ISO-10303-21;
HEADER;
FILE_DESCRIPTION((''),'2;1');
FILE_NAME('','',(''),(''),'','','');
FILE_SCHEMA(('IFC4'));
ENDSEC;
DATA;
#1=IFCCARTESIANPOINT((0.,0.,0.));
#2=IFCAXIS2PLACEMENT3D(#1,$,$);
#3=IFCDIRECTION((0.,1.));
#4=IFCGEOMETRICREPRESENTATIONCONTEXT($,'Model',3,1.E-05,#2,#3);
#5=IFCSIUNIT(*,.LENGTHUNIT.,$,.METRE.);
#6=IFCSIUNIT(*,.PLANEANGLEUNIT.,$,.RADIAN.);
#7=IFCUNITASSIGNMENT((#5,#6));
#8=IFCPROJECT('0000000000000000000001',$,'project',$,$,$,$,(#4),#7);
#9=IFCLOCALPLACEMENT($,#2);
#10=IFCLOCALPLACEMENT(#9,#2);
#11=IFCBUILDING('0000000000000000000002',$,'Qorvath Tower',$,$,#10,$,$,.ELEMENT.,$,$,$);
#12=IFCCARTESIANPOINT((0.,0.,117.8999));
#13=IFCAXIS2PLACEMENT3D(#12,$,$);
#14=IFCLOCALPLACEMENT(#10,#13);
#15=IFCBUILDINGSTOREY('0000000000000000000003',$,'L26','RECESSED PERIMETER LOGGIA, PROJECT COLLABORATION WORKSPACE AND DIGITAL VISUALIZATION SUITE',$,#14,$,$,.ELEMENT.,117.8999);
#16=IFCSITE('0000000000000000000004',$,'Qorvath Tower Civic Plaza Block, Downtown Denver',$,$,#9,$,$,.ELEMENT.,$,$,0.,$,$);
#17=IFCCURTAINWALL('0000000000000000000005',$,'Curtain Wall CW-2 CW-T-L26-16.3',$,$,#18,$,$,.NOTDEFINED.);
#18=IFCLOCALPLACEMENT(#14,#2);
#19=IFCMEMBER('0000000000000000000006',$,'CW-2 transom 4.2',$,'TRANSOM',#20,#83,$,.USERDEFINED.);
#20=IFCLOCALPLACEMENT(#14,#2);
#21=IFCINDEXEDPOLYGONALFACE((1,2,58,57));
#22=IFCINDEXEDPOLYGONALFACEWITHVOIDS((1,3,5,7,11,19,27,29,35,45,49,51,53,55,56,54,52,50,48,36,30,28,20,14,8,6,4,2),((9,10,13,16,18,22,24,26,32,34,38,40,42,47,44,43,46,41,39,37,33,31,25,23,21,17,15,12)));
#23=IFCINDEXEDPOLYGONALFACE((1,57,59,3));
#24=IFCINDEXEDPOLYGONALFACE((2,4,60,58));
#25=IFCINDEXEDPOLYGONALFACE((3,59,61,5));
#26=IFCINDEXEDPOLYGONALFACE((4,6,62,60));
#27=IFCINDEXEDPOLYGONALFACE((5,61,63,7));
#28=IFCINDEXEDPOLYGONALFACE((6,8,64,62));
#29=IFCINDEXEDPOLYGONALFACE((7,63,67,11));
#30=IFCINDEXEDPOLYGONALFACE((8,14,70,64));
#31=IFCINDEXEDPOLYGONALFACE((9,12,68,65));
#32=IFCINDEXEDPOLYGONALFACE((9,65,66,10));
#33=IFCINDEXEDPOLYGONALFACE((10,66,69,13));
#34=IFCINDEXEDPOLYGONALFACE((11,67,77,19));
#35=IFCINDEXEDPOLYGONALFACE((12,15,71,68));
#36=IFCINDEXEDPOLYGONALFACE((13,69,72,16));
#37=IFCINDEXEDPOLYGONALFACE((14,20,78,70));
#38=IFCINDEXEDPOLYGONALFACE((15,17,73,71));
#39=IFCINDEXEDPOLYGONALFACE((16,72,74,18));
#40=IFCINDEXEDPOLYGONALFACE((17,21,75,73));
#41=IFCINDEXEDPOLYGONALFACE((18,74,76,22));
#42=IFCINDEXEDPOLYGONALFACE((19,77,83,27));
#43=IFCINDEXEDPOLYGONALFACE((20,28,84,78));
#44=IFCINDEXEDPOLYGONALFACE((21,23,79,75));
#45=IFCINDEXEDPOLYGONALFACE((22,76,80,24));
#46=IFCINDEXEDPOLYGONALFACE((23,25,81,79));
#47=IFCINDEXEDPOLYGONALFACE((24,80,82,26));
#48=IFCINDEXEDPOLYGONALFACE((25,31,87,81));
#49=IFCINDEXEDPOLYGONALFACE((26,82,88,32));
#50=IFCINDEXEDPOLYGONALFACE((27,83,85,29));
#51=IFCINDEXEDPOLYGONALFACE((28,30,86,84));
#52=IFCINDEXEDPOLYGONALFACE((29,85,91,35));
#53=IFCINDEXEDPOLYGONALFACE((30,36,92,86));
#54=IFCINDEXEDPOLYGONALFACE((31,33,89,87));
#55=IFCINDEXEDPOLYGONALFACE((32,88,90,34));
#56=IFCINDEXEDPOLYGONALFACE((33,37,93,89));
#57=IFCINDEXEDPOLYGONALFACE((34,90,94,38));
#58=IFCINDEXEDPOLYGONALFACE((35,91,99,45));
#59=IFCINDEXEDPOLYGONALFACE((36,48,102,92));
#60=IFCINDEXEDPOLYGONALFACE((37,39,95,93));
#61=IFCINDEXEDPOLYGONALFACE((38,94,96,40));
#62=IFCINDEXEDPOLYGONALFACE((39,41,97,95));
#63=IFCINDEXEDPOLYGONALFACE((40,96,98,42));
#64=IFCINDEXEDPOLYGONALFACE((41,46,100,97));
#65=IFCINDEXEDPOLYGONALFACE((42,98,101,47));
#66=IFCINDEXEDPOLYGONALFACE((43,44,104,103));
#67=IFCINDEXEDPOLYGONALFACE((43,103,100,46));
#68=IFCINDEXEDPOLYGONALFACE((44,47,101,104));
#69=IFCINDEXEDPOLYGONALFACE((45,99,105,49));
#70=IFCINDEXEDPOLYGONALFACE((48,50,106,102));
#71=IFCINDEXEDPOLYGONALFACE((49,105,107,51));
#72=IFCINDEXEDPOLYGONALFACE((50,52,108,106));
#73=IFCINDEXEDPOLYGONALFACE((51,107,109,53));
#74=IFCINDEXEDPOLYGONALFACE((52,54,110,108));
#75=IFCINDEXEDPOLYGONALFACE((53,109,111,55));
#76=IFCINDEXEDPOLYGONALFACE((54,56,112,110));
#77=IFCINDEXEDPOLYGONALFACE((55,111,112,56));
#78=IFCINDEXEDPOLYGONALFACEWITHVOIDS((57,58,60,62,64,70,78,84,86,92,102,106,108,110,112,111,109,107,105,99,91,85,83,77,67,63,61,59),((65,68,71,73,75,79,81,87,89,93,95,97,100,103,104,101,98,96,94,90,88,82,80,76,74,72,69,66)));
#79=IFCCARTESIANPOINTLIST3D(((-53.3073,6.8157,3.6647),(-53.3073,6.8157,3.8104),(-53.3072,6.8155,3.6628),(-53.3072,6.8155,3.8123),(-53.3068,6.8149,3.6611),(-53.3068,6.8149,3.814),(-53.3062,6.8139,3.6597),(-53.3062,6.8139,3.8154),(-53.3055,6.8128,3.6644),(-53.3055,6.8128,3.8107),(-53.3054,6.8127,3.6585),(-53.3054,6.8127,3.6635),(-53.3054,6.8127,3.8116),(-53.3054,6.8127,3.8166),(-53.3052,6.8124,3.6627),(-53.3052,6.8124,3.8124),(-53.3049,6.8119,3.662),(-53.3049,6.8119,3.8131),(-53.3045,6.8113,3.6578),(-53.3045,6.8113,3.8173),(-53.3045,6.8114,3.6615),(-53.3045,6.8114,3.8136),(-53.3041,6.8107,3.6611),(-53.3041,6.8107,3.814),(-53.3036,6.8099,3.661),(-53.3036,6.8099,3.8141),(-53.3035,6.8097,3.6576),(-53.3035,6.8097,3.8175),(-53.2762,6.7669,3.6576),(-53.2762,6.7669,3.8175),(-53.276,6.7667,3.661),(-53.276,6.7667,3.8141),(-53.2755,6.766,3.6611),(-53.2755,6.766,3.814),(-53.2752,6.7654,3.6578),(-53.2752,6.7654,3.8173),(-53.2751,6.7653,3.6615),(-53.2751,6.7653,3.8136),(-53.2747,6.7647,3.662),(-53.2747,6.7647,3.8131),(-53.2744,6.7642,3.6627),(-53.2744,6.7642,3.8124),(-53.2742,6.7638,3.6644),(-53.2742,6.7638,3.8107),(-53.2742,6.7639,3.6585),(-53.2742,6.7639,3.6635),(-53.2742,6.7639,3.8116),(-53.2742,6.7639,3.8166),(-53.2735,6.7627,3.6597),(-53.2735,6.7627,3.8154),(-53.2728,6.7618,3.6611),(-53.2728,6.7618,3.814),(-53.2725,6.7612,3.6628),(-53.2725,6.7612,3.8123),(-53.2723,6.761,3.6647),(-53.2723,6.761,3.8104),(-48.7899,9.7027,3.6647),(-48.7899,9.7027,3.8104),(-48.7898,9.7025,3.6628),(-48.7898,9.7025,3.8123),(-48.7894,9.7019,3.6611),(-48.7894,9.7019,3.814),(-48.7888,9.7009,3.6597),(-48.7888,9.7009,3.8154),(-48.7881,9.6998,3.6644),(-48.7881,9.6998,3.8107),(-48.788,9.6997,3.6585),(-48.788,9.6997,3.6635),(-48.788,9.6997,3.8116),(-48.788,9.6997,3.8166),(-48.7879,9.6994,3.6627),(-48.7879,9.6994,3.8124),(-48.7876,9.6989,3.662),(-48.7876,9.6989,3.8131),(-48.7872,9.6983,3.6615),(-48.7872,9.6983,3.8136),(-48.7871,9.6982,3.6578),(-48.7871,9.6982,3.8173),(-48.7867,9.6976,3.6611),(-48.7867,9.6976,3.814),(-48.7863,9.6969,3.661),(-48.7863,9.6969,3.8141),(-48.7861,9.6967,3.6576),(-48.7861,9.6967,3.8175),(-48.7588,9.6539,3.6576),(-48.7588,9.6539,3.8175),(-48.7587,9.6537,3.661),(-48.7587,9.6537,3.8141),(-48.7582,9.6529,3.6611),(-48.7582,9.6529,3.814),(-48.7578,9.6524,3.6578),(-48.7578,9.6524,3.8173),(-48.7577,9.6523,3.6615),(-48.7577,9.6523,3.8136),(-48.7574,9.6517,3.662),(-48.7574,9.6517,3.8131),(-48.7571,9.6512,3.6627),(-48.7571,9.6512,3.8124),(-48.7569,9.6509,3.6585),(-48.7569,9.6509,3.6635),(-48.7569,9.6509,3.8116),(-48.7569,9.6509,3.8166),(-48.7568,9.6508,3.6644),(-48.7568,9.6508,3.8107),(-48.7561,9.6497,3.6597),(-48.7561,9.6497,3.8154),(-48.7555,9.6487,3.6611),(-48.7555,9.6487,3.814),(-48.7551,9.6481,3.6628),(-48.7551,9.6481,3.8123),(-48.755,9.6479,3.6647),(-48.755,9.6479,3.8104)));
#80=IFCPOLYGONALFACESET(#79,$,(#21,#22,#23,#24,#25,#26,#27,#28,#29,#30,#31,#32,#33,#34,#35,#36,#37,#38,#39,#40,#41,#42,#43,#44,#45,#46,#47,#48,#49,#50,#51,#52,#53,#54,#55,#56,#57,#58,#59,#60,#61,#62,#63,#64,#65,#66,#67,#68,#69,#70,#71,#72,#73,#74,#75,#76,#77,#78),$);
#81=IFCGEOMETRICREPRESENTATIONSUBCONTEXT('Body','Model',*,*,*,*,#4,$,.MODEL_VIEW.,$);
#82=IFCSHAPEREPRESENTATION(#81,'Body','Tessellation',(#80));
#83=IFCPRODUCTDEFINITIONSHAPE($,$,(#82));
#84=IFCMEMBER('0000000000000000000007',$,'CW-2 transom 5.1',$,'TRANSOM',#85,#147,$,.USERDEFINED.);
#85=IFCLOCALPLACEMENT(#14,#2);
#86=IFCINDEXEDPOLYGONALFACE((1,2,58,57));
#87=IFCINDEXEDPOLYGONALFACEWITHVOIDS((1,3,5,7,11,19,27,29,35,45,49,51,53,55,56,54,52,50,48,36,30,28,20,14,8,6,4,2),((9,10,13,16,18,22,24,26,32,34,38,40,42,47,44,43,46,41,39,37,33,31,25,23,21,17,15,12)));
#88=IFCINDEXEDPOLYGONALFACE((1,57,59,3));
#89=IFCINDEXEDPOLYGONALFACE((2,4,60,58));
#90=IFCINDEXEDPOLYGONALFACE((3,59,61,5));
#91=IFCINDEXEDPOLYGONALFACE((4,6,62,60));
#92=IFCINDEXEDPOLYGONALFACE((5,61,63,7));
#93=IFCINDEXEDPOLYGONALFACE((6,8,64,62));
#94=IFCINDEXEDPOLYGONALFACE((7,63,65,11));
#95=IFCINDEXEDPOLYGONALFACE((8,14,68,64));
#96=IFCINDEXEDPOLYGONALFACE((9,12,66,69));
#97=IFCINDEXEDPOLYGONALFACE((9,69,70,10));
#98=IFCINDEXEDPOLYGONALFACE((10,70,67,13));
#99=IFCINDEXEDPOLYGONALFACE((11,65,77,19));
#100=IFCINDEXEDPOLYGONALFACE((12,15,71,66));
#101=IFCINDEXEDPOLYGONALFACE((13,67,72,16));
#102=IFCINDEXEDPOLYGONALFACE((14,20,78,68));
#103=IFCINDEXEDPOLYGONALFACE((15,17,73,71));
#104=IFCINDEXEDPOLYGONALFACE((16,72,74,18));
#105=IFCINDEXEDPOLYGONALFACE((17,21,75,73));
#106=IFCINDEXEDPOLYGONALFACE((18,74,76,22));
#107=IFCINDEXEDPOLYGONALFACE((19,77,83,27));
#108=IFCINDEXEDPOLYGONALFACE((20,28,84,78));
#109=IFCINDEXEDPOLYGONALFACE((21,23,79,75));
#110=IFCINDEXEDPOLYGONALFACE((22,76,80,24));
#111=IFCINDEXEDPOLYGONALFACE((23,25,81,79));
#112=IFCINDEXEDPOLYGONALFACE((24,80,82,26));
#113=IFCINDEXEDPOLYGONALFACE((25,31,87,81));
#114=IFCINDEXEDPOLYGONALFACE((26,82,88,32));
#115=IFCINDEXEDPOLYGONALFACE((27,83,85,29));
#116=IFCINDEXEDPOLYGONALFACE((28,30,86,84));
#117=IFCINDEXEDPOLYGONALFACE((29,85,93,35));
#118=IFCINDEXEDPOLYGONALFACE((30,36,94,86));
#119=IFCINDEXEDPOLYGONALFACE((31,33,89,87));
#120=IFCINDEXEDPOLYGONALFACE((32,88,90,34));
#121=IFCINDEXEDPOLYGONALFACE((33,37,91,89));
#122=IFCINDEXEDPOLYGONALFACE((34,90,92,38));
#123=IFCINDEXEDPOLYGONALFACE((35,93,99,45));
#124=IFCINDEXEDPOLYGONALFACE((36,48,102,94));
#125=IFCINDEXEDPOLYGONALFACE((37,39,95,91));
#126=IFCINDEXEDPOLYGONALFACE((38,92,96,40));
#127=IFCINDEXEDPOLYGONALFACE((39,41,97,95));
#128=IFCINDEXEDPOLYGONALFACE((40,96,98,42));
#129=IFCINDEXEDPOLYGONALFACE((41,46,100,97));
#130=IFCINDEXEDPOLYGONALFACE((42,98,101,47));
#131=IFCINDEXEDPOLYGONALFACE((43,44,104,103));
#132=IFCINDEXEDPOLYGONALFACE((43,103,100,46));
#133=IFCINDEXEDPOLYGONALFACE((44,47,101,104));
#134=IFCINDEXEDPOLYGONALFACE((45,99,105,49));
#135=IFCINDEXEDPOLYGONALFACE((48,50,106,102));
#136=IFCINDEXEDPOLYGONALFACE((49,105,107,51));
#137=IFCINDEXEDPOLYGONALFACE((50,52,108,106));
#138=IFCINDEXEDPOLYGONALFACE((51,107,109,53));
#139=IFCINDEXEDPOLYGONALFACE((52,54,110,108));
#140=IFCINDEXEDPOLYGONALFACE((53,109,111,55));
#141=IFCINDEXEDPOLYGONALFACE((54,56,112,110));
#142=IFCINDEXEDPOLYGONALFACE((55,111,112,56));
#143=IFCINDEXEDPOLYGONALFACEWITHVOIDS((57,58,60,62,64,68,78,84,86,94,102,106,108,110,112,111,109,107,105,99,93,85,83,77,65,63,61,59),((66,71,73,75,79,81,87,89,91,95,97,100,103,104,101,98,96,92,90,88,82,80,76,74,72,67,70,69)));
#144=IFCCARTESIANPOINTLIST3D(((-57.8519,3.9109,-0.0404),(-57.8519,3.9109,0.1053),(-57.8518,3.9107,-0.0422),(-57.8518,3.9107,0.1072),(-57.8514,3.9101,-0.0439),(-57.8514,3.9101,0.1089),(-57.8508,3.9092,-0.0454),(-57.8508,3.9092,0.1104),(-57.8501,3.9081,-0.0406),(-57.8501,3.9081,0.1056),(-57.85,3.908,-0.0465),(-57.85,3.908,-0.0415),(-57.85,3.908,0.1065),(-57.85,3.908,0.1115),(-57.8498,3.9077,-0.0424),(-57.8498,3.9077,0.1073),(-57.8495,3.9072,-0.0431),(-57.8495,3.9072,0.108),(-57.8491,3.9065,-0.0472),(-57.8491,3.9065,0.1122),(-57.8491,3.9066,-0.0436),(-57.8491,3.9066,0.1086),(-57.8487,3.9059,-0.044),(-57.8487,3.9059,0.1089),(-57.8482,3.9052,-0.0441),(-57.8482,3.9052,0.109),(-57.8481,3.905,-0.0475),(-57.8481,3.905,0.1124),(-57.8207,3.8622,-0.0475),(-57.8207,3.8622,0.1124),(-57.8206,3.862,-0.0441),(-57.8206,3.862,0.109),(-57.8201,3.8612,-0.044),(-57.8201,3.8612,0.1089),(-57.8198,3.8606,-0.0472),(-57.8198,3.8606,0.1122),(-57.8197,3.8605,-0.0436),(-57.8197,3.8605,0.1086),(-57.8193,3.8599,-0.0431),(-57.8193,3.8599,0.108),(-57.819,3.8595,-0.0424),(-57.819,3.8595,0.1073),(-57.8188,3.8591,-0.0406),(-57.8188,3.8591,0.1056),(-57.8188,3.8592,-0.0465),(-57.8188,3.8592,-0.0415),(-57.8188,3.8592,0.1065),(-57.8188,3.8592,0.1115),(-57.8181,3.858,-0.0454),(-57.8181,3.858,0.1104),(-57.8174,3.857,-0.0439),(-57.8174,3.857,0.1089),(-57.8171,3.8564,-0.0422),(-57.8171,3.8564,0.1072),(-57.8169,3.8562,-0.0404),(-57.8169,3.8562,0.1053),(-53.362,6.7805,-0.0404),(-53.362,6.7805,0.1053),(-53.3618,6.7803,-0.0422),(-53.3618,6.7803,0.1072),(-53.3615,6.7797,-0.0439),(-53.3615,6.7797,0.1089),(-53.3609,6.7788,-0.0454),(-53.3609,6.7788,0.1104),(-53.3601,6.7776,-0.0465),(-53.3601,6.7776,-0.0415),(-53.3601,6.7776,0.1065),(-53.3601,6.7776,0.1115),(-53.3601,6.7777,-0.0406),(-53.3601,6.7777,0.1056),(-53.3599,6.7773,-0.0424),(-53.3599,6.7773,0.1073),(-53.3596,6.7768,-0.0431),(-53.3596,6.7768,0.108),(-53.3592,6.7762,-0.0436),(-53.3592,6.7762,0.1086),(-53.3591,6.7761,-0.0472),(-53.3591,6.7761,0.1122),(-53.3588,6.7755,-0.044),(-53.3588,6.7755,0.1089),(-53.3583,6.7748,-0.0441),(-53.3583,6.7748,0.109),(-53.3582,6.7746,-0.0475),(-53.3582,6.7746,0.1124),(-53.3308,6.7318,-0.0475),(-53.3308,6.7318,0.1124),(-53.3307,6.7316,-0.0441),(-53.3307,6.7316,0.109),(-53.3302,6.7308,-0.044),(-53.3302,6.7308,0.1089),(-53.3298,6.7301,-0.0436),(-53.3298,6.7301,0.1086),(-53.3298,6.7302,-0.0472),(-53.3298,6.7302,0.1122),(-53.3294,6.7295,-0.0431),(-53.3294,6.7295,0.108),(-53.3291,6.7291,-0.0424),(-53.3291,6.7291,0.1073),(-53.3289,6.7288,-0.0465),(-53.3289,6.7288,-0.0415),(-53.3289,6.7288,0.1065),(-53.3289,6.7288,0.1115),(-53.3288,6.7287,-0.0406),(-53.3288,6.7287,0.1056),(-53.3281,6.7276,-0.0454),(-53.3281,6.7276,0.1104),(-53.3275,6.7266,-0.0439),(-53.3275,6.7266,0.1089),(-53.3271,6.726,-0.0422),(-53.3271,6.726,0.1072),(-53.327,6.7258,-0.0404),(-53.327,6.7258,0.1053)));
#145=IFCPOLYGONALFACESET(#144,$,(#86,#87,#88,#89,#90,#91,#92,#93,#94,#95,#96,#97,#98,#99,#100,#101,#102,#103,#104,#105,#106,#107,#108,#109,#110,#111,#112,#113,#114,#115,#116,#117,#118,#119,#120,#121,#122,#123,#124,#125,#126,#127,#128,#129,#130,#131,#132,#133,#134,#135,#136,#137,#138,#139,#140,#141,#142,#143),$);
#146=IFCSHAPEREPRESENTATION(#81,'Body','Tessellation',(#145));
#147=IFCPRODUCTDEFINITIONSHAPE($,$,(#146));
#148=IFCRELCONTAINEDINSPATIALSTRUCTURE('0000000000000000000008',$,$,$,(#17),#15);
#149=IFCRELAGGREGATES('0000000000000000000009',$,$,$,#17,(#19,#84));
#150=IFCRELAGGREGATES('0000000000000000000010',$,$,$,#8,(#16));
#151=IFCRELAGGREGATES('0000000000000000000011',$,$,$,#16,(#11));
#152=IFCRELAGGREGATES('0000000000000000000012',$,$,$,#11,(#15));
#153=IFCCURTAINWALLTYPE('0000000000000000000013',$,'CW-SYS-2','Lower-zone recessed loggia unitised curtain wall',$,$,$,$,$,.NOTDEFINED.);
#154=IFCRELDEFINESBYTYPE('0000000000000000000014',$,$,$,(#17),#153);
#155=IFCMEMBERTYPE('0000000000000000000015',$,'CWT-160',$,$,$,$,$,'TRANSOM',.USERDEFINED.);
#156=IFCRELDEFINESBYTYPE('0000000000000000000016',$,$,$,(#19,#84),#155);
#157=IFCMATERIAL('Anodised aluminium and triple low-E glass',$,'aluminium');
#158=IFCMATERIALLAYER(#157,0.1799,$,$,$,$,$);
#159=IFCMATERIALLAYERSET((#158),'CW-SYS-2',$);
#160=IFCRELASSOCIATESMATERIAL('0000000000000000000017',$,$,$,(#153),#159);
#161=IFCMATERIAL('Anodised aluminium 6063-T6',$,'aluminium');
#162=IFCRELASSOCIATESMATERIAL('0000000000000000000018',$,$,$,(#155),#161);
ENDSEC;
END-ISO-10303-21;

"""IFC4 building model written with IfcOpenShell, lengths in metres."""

from ifc_helpers import new_model, si_unit, direction, frame, origin, origin_2d, place, context, subcontext, project, spatial, hollow_rectangle, extrude, material, layer, layer_set, material_profile, profile_set, type_object, element, aggregate, save


model = new_model("IFC4")

# Units and contexts
model_context = context("Model", 3, precision=1e-05, world=origin(), true_north=direction((0.0, 1.0)))
body_context = subcontext(model_context, "Body", "Model", "MODEL_VIEW")
ifc_project = project(units=[si_unit("LENGTHUNIT", "METRE"), si_unit("PLANEANGLEUNIT", "RADIAN")], contexts=[model_context])

# Site, building, storey
site_placement = place(None, origin())
site = spatial("IfcSite", under=ifc_project, at=site_placement, Name="Qorvath Tower Civic Plaza Block, Downtown Denver", CompositionType="ELEMENT", RefElevation=0.0)
building_placement = place(site_placement, origin())
building = spatial("IfcBuilding", under=site, at=building_placement, Name="Qorvath Tower", CompositionType="ELEMENT")
storey_placement = place(building_placement, frame((0.0, 0.0, 117.8999)))
storey = spatial("IfcBuildingStorey", under=building, at=storey_placement, Name="L26", Description="RECESSED PERIMETER LOGGIA, PROJECT COLLABORATION WORKSPACE AND DIGITAL VISUALIZATION SUITE", CompositionType="ELEMENT", Elevation=117.8999)

# Curtain wall, members
ifc_material_1 = material(Name="Anodised aluminium and triple low-E glass", Category="aluminium")
ifc_layer_1 = layer(ifc_material_1, 0.1799)
ifc_layer_set_1 = layer_set([ifc_layer_1], Name="CW-SYS-2")
curtain_wall_type = type_object("IfcCurtainWallType", Name="CW-SYS-2", Description="Lower-zone recessed loggia unitised curtain wall", PredefinedType="NOTDEFINED", material=ifc_layer_set_1)
curtain_wall_placement = place(storey_placement, origin())
curtain_wall = element("IfcCurtainWall", 1, at=curtain_wall_placement, inside=storey, type_object=curtain_wall_type, Name="Curtain Wall CW-2 CW-T-L26-16.3", PredefinedType="NOTDEFINED")
ifc_material_2 = material(Name="Anodised aluminium 6063-T6", Category="aluminium")
ifc_material_profile_1 = material_profile(ifc_material_2, hollow_rectangle(XDim=0.0649, YDim=0.1599, WallThickness=0.0034, InnerFilletRadius=0.0034, OuterFilletRadius=0.0071, at=origin_2d()), Name="CWT 160x65")
ifc_profile_set_1 = profile_set([ifc_material_profile_1], Name="Anodised aluminium 6063-T6")
member_type_1 = type_object("IfcMemberType", Name="CWT-160", ElementType="TRANSOM", PredefinedType="USERDEFINED", material=ifc_profile_set_1)
member_1_placement = place(storey_placement, frame((-48.7725, 9.6753, 3.7375), z_axis=(-0.842621, -0.538507, 0.0), x_axis=(0.538507, -0.842621, 0.0)))
member_1 = element("IfcMember", 2, at=member_1_placement, type_object=member_type_1, Name="CW-2 transom 4.2", ObjectType="TRANSOM", PredefinedType="USERDEFINED", context=body_context, shape_type="SweptSolid", body=[
    extrude(hollow_rectangle(XDim=0.0649, YDim=0.1599, WallThickness=0.0034, InnerFilletRadius=0.0034, OuterFilletRadius=0.0071, at=origin_2d()), origin(), (0.0, 0.0, 1.0), 5.3611),
])
member_2_placement = place(storey_placement, frame((-53.3445, 6.7532, 0.0325), z_axis=(-0.842609, -0.538526, 0.0), x_axis=(0.538526, -0.842609, 0.0)))
member_2 = element("IfcMember", 3, at=member_2_placement, type_object=member_type_1, Name="CW-2 transom 5.1", ObjectType="TRANSOM", PredefinedType="USERDEFINED", context=body_context, shape_type="SweptSolid", body=[
    extrude(hollow_rectangle(XDim=0.0649, YDim=0.1599, WallThickness=0.0034, InnerFilletRadius=0.0034, OuterFilletRadius=0.0071, at=origin_2d()), origin(), (0.0, 0.0, 1.0), 5.3286),
])
aggregate(curtain_wall, [member_1, member_2])

save(model, "model.ifc")
